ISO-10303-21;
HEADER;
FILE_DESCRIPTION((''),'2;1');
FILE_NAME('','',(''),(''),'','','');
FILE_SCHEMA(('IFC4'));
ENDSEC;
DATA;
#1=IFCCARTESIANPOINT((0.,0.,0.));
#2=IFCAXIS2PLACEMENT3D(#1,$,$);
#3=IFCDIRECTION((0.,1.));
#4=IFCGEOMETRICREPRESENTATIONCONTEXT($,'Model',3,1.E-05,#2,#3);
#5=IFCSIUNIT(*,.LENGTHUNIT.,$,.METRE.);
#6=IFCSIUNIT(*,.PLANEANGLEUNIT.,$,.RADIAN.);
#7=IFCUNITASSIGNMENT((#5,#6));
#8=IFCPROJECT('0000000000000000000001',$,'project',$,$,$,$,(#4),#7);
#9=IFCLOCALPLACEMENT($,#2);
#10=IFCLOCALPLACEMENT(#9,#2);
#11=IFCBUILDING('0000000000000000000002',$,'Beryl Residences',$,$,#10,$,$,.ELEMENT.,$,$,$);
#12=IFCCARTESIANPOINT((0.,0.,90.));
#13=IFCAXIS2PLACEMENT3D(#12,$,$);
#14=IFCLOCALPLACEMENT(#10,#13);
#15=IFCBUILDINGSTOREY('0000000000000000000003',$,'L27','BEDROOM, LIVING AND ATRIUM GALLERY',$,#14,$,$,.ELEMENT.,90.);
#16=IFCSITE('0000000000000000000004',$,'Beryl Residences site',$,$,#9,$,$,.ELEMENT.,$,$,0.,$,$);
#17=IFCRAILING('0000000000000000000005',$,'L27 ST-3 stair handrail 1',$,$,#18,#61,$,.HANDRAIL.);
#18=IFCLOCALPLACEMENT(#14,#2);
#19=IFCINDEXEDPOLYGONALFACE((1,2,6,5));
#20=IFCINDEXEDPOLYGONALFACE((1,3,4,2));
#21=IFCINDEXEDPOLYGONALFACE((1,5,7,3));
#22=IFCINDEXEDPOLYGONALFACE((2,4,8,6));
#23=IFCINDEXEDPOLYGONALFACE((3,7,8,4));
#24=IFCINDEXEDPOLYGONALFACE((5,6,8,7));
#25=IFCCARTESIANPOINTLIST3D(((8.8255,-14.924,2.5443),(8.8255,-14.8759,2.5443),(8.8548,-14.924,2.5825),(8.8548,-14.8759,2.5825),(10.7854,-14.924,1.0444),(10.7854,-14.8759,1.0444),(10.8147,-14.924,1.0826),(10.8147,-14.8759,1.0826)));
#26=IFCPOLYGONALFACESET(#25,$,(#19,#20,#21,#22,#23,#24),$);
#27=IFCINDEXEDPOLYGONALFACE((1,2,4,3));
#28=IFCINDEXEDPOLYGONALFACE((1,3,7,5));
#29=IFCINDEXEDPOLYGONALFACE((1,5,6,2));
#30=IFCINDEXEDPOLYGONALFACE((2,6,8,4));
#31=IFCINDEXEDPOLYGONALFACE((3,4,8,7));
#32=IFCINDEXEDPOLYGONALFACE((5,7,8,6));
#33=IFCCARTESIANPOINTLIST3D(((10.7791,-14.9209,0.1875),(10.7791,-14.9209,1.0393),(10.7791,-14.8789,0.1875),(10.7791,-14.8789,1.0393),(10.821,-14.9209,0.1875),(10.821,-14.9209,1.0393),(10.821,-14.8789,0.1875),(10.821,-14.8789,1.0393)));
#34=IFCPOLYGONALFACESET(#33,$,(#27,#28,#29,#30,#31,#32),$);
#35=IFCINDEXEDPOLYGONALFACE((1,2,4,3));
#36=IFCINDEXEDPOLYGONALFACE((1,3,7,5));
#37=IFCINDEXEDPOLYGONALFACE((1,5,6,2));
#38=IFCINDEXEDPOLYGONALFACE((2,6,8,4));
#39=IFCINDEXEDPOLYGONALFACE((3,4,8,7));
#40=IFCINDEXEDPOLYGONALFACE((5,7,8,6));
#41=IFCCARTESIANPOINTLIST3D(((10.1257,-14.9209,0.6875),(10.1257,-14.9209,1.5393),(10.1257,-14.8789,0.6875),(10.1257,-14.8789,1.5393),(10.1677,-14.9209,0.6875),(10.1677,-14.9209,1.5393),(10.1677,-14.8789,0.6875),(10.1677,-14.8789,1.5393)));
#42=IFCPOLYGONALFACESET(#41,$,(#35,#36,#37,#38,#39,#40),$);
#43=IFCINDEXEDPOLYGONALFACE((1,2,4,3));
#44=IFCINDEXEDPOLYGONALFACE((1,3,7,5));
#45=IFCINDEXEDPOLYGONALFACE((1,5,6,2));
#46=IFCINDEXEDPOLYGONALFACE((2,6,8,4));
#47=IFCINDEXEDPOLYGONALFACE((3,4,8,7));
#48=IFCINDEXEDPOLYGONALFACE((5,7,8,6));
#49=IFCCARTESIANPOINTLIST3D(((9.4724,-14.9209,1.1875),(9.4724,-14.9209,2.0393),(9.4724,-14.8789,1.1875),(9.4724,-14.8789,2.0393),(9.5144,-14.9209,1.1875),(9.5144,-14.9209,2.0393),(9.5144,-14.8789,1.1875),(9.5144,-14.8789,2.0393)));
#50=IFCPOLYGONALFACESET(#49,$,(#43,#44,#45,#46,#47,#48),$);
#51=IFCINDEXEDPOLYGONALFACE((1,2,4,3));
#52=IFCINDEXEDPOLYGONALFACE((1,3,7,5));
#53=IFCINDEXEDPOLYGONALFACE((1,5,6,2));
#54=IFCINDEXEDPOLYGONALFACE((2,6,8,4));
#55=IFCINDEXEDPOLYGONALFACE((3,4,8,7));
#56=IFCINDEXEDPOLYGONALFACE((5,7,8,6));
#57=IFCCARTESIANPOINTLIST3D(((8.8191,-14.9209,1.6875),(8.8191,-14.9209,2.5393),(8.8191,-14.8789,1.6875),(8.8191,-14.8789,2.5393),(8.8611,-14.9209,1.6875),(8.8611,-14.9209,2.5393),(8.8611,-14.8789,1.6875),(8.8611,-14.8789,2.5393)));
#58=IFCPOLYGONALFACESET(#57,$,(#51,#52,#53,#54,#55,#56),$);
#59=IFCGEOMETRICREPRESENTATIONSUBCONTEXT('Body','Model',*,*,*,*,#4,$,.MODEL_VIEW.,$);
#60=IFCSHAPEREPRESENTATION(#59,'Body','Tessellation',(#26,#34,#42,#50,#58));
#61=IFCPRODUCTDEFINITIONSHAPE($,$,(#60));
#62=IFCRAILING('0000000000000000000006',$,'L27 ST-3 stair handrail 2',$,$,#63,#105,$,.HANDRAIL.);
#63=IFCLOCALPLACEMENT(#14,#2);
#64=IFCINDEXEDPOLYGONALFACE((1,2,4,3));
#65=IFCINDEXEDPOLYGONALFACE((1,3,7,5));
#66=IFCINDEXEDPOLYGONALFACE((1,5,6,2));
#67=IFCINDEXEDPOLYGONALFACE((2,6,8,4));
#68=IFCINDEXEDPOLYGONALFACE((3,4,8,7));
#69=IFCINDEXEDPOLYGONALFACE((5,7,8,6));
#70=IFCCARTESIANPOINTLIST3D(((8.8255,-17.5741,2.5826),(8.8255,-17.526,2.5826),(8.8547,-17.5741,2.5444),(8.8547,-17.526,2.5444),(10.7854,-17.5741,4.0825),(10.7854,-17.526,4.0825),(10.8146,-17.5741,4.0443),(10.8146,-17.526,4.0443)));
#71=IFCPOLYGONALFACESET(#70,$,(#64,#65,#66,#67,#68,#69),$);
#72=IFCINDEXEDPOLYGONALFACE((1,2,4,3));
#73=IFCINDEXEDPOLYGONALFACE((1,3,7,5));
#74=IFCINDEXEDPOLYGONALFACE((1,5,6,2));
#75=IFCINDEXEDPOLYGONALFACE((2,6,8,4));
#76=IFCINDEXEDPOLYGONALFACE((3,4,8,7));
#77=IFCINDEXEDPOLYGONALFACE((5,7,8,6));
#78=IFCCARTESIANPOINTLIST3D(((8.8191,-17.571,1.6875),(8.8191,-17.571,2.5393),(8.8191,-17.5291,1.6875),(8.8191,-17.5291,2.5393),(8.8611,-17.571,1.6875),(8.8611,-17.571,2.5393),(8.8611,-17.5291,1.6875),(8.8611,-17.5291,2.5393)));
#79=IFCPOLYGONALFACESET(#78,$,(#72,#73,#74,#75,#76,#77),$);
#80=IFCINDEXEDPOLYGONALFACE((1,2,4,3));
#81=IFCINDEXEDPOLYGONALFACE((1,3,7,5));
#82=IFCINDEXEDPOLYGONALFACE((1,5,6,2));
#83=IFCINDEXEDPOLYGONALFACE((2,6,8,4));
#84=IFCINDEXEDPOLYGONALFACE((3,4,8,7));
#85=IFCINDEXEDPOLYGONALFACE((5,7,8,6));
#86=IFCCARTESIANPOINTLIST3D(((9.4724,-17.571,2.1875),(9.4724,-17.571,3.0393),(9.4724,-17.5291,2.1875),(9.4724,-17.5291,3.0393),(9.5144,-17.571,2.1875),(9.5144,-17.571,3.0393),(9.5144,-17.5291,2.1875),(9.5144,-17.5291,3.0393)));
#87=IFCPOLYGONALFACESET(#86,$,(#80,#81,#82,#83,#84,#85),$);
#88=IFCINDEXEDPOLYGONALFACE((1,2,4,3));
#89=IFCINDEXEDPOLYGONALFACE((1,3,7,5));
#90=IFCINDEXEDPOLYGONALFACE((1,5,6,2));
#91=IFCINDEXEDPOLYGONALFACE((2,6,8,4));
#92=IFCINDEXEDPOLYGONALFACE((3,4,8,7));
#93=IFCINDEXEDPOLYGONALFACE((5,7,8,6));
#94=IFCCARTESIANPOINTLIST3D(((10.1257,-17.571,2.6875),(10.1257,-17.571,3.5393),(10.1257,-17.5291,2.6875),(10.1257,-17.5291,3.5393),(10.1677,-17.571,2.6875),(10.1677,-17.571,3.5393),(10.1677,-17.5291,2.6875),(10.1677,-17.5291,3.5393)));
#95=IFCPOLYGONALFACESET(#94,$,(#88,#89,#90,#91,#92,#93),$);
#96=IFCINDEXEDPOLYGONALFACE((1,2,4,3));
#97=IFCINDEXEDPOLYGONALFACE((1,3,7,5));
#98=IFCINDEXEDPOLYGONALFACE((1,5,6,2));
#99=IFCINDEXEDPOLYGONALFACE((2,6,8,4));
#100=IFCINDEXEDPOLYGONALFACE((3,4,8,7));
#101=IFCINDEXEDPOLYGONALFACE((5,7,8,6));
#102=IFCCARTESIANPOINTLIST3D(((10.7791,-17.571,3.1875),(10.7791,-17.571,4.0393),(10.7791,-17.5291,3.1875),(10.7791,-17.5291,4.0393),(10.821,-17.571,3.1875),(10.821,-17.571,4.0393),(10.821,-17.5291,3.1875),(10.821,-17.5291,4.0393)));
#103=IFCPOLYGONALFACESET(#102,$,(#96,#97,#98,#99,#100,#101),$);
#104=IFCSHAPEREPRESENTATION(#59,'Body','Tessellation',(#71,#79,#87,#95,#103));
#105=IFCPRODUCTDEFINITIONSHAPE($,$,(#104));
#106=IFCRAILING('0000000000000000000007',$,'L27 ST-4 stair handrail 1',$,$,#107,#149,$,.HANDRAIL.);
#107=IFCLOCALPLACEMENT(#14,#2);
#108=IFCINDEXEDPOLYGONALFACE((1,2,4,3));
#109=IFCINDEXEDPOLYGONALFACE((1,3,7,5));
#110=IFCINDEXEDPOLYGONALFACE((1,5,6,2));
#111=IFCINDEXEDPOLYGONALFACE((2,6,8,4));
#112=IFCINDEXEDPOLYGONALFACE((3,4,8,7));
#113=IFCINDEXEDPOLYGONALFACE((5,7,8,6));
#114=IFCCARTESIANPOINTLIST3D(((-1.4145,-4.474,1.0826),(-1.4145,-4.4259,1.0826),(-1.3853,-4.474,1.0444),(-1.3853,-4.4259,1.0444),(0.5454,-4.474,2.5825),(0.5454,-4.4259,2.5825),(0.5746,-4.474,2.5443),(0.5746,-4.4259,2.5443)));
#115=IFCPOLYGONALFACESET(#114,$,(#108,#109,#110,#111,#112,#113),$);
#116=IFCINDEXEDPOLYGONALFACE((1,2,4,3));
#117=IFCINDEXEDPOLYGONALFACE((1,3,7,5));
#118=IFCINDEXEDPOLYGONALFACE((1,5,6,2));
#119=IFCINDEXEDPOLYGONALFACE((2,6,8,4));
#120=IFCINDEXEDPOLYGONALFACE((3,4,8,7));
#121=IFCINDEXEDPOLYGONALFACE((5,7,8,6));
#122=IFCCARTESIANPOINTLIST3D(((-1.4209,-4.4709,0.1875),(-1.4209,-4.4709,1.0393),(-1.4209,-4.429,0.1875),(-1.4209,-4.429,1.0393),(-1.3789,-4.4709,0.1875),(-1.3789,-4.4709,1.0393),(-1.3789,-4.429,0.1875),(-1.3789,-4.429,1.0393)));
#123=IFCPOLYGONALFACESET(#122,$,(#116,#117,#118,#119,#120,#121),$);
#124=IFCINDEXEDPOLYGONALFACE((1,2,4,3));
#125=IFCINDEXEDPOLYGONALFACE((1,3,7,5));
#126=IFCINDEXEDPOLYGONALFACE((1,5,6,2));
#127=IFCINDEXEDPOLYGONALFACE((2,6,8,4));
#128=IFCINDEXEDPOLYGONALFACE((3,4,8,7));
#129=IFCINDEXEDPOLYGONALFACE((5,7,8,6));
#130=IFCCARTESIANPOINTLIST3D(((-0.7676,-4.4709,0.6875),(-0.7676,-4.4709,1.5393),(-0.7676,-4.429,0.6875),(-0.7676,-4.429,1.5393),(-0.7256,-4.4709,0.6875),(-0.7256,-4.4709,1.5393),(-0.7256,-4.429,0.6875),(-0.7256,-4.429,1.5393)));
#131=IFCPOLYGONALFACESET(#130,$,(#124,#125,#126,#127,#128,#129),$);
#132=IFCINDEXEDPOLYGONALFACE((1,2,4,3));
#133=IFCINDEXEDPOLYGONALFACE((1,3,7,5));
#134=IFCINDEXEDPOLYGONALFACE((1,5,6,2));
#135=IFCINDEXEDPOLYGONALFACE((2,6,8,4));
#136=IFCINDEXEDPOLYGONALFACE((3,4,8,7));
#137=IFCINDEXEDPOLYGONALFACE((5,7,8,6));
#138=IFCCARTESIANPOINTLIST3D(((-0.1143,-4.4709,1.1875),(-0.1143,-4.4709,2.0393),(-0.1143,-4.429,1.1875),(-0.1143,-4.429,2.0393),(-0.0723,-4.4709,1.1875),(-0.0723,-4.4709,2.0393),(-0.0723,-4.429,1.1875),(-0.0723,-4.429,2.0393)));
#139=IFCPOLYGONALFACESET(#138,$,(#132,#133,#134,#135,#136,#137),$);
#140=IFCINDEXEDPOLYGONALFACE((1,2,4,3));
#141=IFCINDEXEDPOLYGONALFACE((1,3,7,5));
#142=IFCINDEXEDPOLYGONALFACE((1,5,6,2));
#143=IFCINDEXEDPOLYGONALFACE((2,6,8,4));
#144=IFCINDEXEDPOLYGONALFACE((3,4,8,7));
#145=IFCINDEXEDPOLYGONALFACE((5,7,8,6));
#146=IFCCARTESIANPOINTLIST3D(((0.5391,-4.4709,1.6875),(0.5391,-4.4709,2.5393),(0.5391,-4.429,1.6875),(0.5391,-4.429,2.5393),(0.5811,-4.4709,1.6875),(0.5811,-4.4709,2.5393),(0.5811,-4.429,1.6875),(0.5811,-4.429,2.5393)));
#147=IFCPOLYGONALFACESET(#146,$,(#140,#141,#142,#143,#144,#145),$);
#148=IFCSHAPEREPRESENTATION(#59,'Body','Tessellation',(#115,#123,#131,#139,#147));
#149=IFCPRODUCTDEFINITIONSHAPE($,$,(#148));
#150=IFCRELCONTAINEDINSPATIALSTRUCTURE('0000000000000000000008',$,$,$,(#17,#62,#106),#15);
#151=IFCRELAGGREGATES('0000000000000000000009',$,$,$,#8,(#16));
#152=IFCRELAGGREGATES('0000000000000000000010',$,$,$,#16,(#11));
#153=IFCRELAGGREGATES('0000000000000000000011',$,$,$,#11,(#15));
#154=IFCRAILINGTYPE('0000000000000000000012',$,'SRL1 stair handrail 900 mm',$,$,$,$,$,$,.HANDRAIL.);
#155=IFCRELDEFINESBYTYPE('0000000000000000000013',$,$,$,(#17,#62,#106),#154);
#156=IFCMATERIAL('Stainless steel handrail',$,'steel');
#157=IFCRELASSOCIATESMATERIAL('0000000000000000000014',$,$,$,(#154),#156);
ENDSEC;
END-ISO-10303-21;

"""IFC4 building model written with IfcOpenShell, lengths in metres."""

from ifc_helpers import new_model, si_unit, direction, frame, origin, origin_2d, place, context, subcontext, project, spatial, rectangle, extrude, material, type_object, element, save


model = new_model("IFC4")

# Units and contexts
model_context = context("Model", 3, precision=1e-05, world=origin(), true_north=direction((0.0, 1.0)))
body_context = subcontext(model_context, "Body", "Model", "MODEL_VIEW")
ifc_project = project(units=[si_unit("LENGTHUNIT", "METRE"), si_unit("PLANEANGLEUNIT", "RADIAN")], contexts=[model_context])

# Site, building, storey
site_placement = place(None, origin())
site = spatial("IfcSite", under=ifc_project, at=site_placement, Name="Beryl Residences site", CompositionType="ELEMENT", RefElevation=0.0)
building_placement = place(site_placement, origin())
building = spatial("IfcBuilding", under=site, at=building_placement, Name="Beryl Residences", CompositionType="ELEMENT")
storey_placement = place(building_placement, frame((0.0, 0.0, 90.0)))
storey = spatial("IfcBuildingStorey", under=building, at=storey_placement, Name="L27", Description="BEDROOM, LIVING AND ATRIUM GALLERY", CompositionType="ELEMENT", Elevation=90.0)

# Railings
ifc_material_1 = material(Name="Stainless steel handrail", Category="steel")
railing_type_1 = type_object("IfcRailingType", Name="SRL1 stair handrail 900 mm", PredefinedType="HANDRAIL", material=ifc_material_1)
railing_1_placement = place(storey_placement, frame((10.8, -14.8999, 0.1875)))
element("IfcRailing", 1, at=railing_1_placement, inside=storey, type_object=railing_type_1, Name="L27 ST-3 stair handrail 1", PredefinedType="HANDRAIL", context=body_context, shape_type="SweptSolid", body=[
    extrude(rectangle(XDim=0.0481, YDim=0.0481, at=origin_2d()), frame((0.0, 0.0, 0.876), z_axis=(-0.794122, 0.0, 0.607758), x_axis=(0.0, -1.0, 0.0)), (0.0, 0.0, 1.0), 2.468),
    extrude(rectangle(XDim=0.042, YDim=0.042, at=origin_2d()), origin(), (0.0, 0.0, 1.0), 0.8518),
    extrude(rectangle(XDim=0.042, YDim=0.042, at=origin_2d()), frame((-0.6533, 0.0, 0.5)), (0.0, 0.0, 1.0), 0.8518),
    extrude(rectangle(XDim=0.042, YDim=0.042, at=origin_2d()), frame((-1.3066, 0.0, 1.0)), (0.0, 0.0, 1.0), 0.8518),
    extrude(rectangle(XDim=0.042, YDim=0.042, at=origin_2d()), frame((-1.96, 0.0, 1.5)), (0.0, 0.0, 1.0), 0.8518),
])
for number, where, name in (
    (2, (8.8401, -17.55, 1.6875), "L27 ST-3 stair handrail 2"),
    (3, (-1.3999, -4.45, 0.1875), "L27 ST-4 stair handrail 1"),
):
    element("IfcRailing", number, at=place(storey_placement, frame(where)), inside=storey, type_object=railing_type_1, Name=name, PredefinedType="HANDRAIL", context=body_context, shape_type="SweptSolid", body=[
        extrude(rectangle(XDim=0.0481, YDim=0.0481, at=origin_2d()), frame((0.0, 0.0, 0.876), z_axis=(0.794122, 0.0, 0.607758), x_axis=(0.0, 1.0, 0.0)), (0.0, 0.0, 1.0), 2.468),
        extrude(rectangle(XDim=0.042, YDim=0.042, at=origin_2d()), origin(), (0.0, 0.0, 1.0), 0.8518),
        extrude(rectangle(XDim=0.042, YDim=0.042, at=origin_2d()), frame((0.6533, 0.0, 0.5)), (0.0, 0.0, 1.0), 0.8518),
        extrude(rectangle(XDim=0.042, YDim=0.042, at=origin_2d()), frame((1.3066, 0.0, 1.0)), (0.0, 0.0, 1.0), 0.8518),
        extrude(rectangle(XDim=0.042, YDim=0.042, at=origin_2d()), frame((1.96, 0.0, 1.5)), (0.0, 0.0, 1.0), 0.8518),
    ])

save(model, "model.ifc")
